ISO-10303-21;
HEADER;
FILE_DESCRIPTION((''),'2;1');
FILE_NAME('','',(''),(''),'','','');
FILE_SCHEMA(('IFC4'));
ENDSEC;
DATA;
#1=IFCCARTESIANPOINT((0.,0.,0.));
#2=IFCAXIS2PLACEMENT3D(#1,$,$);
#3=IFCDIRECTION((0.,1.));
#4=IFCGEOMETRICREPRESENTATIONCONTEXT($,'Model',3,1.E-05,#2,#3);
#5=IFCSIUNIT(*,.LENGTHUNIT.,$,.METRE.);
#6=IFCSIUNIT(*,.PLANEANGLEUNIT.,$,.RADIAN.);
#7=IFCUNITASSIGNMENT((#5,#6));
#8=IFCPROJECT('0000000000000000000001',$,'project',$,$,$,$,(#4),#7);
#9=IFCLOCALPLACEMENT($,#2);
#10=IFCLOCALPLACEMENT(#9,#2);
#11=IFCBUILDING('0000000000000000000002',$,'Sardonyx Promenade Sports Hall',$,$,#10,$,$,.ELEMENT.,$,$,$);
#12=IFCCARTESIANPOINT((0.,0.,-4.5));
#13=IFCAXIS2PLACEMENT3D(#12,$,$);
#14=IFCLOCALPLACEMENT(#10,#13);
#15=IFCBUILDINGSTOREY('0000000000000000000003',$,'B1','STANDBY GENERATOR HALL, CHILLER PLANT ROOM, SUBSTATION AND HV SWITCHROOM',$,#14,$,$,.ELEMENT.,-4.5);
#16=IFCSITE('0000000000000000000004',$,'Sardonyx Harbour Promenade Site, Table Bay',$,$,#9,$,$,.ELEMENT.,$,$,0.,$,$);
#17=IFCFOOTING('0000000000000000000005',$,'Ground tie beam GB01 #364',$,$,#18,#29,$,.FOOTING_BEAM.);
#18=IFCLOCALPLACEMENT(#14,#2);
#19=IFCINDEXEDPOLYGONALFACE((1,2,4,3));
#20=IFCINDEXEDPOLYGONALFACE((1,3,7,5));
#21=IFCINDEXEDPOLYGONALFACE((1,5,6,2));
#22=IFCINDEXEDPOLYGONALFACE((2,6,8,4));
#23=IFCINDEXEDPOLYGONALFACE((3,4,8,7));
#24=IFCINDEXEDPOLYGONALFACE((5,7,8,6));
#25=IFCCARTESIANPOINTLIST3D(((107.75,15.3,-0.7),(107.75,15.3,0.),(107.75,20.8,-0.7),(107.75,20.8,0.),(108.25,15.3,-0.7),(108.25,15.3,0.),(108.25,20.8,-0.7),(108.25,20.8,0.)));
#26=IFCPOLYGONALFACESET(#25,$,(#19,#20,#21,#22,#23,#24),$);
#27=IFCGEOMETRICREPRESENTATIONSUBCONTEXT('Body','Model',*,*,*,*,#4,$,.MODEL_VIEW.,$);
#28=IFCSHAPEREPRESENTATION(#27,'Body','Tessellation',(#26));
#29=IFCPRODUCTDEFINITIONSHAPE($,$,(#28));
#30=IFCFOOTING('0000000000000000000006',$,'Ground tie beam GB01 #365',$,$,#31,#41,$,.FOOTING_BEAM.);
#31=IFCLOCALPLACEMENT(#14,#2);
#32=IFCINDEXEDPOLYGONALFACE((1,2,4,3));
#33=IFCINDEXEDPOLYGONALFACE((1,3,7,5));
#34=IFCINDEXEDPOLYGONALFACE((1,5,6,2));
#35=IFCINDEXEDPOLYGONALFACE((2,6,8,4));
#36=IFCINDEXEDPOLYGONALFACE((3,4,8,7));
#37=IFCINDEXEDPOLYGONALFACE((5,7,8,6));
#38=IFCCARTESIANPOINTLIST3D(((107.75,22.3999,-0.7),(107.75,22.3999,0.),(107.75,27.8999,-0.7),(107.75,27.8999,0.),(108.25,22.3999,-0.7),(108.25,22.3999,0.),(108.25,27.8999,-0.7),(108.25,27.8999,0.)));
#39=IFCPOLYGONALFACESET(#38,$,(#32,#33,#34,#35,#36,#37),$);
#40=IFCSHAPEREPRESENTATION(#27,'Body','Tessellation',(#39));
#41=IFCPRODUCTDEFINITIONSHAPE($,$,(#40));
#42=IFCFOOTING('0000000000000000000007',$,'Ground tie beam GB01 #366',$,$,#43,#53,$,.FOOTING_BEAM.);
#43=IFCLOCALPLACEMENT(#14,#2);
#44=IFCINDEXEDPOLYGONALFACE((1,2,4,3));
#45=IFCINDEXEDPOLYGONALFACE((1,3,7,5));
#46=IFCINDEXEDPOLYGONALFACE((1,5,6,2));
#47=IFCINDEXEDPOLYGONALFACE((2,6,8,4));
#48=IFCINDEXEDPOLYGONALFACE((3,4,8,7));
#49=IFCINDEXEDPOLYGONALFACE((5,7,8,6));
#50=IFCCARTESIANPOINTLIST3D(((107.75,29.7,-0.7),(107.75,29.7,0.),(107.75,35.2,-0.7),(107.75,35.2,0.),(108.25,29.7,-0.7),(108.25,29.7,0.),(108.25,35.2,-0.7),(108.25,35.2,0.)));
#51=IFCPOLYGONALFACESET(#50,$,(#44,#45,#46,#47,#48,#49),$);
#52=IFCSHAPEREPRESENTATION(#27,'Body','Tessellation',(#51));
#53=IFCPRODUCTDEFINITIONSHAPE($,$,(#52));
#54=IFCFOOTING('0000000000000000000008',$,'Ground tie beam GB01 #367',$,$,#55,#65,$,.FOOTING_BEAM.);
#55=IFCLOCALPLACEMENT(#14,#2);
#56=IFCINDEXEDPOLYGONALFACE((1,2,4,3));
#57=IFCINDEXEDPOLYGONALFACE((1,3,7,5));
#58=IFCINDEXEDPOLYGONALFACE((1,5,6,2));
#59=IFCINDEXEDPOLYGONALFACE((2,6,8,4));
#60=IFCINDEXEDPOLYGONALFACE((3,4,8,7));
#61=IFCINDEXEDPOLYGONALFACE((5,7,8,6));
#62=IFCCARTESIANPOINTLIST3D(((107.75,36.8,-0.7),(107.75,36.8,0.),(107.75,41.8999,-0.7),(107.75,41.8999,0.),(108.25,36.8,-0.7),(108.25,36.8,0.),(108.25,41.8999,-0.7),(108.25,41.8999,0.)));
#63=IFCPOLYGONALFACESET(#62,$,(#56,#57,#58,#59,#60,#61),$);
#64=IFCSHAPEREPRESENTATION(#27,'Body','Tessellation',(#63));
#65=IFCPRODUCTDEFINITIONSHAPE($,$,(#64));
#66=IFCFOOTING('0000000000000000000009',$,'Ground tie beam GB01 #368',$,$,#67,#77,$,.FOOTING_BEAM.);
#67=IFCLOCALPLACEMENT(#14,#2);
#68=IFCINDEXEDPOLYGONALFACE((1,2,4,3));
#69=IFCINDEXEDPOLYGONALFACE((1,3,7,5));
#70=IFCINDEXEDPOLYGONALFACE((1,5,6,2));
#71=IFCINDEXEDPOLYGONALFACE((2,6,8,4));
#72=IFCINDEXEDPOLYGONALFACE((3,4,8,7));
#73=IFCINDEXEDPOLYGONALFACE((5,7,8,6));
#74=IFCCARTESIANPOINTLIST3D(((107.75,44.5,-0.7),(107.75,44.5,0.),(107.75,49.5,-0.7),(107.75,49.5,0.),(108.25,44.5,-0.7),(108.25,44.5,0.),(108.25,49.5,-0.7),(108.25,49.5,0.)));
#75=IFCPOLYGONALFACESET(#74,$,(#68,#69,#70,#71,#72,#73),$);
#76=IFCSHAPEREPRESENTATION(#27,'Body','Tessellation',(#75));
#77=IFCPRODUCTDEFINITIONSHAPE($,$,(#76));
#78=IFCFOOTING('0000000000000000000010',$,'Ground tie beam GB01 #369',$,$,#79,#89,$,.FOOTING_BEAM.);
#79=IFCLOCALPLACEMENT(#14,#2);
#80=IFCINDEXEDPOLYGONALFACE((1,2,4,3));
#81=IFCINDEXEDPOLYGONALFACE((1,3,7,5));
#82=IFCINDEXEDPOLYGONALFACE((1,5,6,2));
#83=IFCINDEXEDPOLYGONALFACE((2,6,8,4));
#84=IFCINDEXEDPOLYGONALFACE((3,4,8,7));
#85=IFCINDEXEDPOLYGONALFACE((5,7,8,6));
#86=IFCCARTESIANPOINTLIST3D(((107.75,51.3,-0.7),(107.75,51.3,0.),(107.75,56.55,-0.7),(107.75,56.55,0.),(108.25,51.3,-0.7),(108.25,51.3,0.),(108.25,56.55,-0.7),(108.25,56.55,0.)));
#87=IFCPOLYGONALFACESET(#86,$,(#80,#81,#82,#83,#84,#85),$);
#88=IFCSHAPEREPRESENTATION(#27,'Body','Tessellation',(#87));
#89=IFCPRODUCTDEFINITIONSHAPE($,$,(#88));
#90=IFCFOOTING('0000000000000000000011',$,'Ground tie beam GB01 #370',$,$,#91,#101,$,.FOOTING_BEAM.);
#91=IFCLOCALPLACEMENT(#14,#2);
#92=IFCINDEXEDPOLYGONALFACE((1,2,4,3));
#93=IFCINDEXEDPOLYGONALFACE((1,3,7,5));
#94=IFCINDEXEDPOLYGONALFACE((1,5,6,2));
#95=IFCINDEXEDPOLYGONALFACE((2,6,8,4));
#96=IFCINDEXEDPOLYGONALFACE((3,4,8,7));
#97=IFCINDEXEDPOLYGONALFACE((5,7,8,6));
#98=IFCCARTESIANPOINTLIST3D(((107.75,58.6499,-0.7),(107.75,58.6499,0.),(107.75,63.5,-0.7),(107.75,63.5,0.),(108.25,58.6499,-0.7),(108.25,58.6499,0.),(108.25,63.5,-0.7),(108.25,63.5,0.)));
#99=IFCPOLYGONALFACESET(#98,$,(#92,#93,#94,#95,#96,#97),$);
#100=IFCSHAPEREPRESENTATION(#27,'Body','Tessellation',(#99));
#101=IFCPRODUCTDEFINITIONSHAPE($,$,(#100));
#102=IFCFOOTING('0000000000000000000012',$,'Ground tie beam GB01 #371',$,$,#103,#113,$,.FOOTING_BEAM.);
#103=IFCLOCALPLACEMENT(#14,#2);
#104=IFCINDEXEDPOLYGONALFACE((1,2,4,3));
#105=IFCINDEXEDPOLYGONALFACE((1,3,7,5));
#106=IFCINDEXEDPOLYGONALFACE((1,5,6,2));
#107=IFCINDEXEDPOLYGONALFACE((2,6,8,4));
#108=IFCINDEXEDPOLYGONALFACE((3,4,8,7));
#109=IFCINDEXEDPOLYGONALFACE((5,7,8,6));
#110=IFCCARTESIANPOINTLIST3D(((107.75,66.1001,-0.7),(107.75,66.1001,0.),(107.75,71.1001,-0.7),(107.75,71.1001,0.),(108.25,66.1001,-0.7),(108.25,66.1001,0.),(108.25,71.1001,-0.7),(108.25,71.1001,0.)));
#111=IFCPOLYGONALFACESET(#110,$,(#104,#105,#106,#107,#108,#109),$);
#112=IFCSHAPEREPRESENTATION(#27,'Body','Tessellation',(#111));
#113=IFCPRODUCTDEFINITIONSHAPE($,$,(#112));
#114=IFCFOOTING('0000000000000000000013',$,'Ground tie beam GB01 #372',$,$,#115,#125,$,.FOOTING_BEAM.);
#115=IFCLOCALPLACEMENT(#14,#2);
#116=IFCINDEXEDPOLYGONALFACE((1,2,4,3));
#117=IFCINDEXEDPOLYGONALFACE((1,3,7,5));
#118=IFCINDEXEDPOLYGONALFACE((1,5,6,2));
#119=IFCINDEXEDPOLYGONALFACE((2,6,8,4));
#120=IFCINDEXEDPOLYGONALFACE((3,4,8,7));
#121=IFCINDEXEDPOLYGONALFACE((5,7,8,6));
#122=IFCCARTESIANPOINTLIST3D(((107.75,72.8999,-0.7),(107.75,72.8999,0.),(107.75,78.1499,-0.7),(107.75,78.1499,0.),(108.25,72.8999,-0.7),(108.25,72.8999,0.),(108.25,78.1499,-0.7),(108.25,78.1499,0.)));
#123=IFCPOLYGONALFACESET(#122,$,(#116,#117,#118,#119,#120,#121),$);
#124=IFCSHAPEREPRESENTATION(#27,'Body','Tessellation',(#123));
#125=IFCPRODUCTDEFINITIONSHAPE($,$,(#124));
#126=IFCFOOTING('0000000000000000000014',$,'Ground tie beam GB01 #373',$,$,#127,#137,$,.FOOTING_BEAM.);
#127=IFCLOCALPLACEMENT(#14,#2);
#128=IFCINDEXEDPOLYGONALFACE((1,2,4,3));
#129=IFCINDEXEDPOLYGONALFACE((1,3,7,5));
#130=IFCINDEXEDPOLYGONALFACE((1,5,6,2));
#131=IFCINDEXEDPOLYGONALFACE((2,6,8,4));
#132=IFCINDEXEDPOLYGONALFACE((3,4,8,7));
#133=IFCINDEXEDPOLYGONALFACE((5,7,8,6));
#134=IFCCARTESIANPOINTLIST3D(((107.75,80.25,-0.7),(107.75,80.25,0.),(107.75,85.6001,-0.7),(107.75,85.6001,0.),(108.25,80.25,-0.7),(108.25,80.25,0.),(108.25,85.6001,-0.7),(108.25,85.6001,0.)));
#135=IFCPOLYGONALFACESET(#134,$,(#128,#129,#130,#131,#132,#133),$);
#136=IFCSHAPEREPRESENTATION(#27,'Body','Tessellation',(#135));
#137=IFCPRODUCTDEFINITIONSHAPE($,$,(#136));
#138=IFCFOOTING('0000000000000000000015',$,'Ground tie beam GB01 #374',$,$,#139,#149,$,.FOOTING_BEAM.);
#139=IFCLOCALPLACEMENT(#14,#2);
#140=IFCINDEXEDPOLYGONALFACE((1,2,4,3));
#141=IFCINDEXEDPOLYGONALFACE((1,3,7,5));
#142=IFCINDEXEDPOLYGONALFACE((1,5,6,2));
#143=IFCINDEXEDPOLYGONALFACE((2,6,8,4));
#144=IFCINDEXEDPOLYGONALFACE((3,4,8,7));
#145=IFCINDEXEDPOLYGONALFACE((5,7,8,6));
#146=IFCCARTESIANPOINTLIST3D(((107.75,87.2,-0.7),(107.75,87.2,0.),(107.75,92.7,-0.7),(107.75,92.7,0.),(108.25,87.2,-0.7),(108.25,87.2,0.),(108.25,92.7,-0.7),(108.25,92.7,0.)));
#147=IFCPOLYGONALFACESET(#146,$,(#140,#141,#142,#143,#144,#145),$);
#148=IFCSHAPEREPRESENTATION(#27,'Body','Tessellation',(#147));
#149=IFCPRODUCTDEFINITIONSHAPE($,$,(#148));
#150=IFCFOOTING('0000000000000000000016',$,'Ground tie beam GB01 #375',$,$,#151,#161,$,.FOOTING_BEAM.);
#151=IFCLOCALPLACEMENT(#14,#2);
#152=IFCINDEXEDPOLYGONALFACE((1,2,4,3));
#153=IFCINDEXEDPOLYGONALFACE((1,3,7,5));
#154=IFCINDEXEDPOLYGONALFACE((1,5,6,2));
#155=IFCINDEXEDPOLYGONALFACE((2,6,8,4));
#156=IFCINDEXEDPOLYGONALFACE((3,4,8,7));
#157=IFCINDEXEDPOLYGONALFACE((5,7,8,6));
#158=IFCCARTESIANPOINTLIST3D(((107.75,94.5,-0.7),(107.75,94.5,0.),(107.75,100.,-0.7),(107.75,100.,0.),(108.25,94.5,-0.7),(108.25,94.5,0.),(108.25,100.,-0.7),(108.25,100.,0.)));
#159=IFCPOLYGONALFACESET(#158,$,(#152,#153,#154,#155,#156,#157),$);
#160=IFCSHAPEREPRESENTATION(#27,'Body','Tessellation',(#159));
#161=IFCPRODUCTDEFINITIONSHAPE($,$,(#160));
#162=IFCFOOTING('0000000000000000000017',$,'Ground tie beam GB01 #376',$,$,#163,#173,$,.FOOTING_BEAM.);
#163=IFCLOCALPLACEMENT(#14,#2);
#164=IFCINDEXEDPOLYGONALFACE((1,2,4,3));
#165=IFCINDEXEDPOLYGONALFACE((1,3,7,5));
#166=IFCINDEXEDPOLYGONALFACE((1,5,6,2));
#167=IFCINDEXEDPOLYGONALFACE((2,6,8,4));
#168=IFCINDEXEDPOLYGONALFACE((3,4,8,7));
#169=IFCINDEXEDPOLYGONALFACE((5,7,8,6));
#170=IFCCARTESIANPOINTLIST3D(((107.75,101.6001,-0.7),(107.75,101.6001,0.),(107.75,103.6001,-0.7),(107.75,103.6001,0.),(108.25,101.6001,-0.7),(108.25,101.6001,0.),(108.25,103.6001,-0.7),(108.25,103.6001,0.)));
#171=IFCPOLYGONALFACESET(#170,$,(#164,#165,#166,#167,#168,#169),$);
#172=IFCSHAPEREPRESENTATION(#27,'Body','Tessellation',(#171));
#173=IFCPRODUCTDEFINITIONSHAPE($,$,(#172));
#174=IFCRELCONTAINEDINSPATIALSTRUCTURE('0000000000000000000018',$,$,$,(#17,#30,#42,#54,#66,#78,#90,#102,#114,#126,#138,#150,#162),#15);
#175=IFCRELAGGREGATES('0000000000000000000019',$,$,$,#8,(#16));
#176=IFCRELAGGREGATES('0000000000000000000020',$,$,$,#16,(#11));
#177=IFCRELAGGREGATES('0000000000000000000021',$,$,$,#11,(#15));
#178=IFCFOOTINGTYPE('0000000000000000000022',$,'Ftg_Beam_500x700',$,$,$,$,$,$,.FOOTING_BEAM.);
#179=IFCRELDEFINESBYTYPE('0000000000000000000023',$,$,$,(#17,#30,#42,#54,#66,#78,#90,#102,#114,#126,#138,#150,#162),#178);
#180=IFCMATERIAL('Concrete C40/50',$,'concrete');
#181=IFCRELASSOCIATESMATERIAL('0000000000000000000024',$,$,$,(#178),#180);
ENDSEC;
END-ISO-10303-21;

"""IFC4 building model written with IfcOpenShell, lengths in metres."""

from ifc_helpers import new_model, si_unit, direction, frame, origin, place, context, subcontext, project, spatial, polyline, outline, extrude, material, type_object, element, save


model = new_model("IFC4")

# Units and contexts
model_context = context("Model", 3, precision=1e-05, world=origin(), true_north=direction((0.0, 1.0)))
body_context = subcontext(model_context, "Body", "Model", "MODEL_VIEW")
ifc_project = project(units=[si_unit("LENGTHUNIT", "METRE"), si_unit("PLANEANGLEUNIT", "RADIAN")], contexts=[model_context])

# Site, building, storey
site_placement = place(None, origin())
site = spatial("IfcSite", under=ifc_project, at=site_placement, Name="Sardonyx Harbour Promenade Site, Table Bay", CompositionType="ELEMENT", RefElevation=0.0)
building_placement = place(site_placement, origin())
building = spatial("IfcBuilding", under=site, at=building_placement, Name="Sardonyx Promenade Sports Hall", CompositionType="ELEMENT")
storey_placement = place(building_placement, frame((0.0, 0.0, -4.5)))
storey = spatial("IfcBuildingStorey", under=building, at=storey_placement, Name="B1", Description="STANDBY GENERATOR HALL, CHILLER PLANT ROOM, SUBSTATION AND HV SWITCHROOM", CompositionType="ELEMENT", Elevation=-4.5)

# Footings
ifc_material = material(Name="Concrete C40/50", Category="concrete")
footing_type = type_object("IfcFootingType", Name="Ftg_Beam_500x700", PredefinedType="FOOTING_BEAM", material=ifc_material)
footing_1_placement = place(storey_placement, frame((0.0, 0.0, -0.7)))
element("IfcFooting", 1, at=footing_1_placement, inside=storey, type_object=footing_type, Name="Ground tie beam GB01 #364", PredefinedType="FOOTING_BEAM", context=body_context, shape_type="SweptSolid", body=[
    extrude(outline(polyline([(107.75, 15.3), (108.25, 15.3), (108.25, 20.8), (107.75, 20.8), (107.75, 15.3)])), origin(), (0.0, 0.0, 1.0), 0.7),
])
footing_2_placement = place(storey_placement, frame((0.0, 0.0, -0.7)))
element("IfcFooting", 2, at=footing_2_placement, inside=storey, type_object=footing_type, Name="Ground tie beam GB01 #365", PredefinedType="FOOTING_BEAM", context=body_context, shape_type="SweptSolid", body=[
    extrude(outline(polyline([(107.75, 22.3999), (108.25, 22.3999), (108.25, 27.8999), (107.75, 27.8999), (107.75, 22.3999)])), origin(), (0.0, 0.0, 1.0), 0.7),
])
footing_3_placement = place(storey_placement, frame((0.0, 0.0, -0.7)))
element("IfcFooting", 3, at=footing_3_placement, inside=storey, type_object=footing_type, Name="Ground tie beam GB01 #366", PredefinedType="FOOTING_BEAM", context=body_context, shape_type="SweptSolid", body=[
    extrude(outline(polyline([(107.75, 29.7), (108.25, 29.7), (108.25, 35.2), (107.75, 35.2), (107.75, 29.7)])), origin(), (0.0, 0.0, 1.0), 0.7),
])
footing_4_placement = place(storey_placement, frame((0.0, 0.0, -0.7)))
element("IfcFooting", 4, at=footing_4_placement, inside=storey, type_object=footing_type, Name="Ground tie beam GB01 #367", PredefinedType="FOOTING_BEAM", context=body_context, shape_type="SweptSolid", body=[
    extrude(outline(polyline([(107.75, 36.8), (108.25, 36.8), (108.25, 41.8999), (107.75, 41.8999), (107.75, 36.8)])), origin(), (0.0, 0.0, 1.0), 0.7),
])
footing_5_placement = place(storey_placement, frame((0.0, 0.0, -0.7)))
element("IfcFooting", 5, at=footing_5_placement, inside=storey, type_object=footing_type, Name="Ground tie beam GB01 #368", PredefinedType="FOOTING_BEAM", context=body_context, shape_type="SweptSolid", body=[
    extrude(outline(polyline([(107.75, 44.5), (108.25, 44.5), (108.25, 49.5), (107.75, 49.5), (107.75, 44.5)])), origin(), (0.0, 0.0, 1.0), 0.7),
])
footing_6_placement = place(storey_placement, frame((0.0, 0.0, -0.7)))
element("IfcFooting", 6, at=footing_6_placement, inside=storey, type_object=footing_type, Name="Ground tie beam GB01 #369", PredefinedType="FOOTING_BEAM", context=body_context, shape_type="SweptSolid", body=[
    extrude(outline(polyline([(107.75, 51.3), (108.25, 51.3), (108.25, 56.55), (107.75, 56.55), (107.75, 51.3)])), origin(), (0.0, 0.0, 1.0), 0.7),
])
footing_7_placement = place(storey_placement, frame((0.0, 0.0, -0.7)))
element("IfcFooting", 7, at=footing_7_placement, inside=storey, type_object=footing_type, Name="Ground tie beam GB01 #370", PredefinedType="FOOTING_BEAM", context=body_context, shape_type="SweptSolid", body=[
    extrude(outline(polyline([(107.75, 58.6499), (108.25, 58.6499), (108.25, 63.5), (107.75, 63.5), (107.75, 58.6499)])), origin(), (0.0, 0.0, 1.0), 0.7),
])
footing_8_placement = place(storey_placement, frame((0.0, 0.0, -0.7)))
element("IfcFooting", 8, at=footing_8_placement, inside=storey, type_object=footing_type, Name="Ground tie beam GB01 #371", PredefinedType="FOOTING_BEAM", context=body_context, shape_type="SweptSolid", body=[
    extrude(outline(polyline([(107.75, 66.1001), (108.25, 66.1001), (108.25, 71.1001), (107.75, 71.1001), (107.75, 66.1001)])), origin(), (0.0, 0.0, 1.0), 0.7),
])
footing_9_placement = place(storey_placement, frame((0.0, 0.0, -0.7)))
element("IfcFooting", 9, at=footing_9_placement, inside=storey, type_object=footing_type, Name="Ground tie beam GB01 #372", PredefinedType="FOOTING_BEAM", context=body_context, shape_type="SweptSolid", body=[
    extrude(outline(polyline([(107.75, 72.8999), (108.25, 72.8999), (108.25, 78.1499), (107.75, 78.1499), (107.75, 72.8999)])), origin(), (0.0, 0.0, 1.0), 0.7),
])
footing_10_placement = place(storey_placement, frame((0.0, 0.0, -0.7)))
element("IfcFooting", 10, at=footing_10_placement, inside=storey, type_object=footing_type, Name="Ground tie beam GB01 #373", PredefinedType="FOOTING_BEAM", context=body_context, shape_type="SweptSolid", body=[
    extrude(outline(polyline([(107.75, 80.25), (108.25, 80.25), (108.25, 85.6001), (107.75, 85.6001), (107.75, 80.25)])), origin(), (0.0, 0.0, 1.0), 0.7),
])
footing_11_placement = place(storey_placement, frame((0.0, 0.0, -0.7)))
element("IfcFooting", 11, at=footing_11_placement, inside=storey, type_object=footing_type, Name="Ground tie beam GB01 #374", PredefinedType="FOOTING_BEAM", context=body_context, shape_type="SweptSolid", body=[
    extrude(outline(polyline([(107.75, 87.2), (108.25, 87.2), (108.25, 92.7), (107.75, 92.7), (107.75, 87.2)])), origin(), (0.0, 0.0, 1.0), 0.7),
])
footing_12_placement = place(storey_placement, frame((0.0, 0.0, -0.7)))
element("IfcFooting", 12, at=footing_12_placement, inside=storey, type_object=footing_type, Name="Ground tie beam GB01 #375", PredefinedType="FOOTING_BEAM", context=body_context, shape_type="SweptSolid", body=[
    extrude(outline(polyline([(107.75, 94.5), (108.25, 94.5), (108.25, 100.0), (107.75, 100.0), (107.75, 94.5)])), origin(), (0.0, 0.0, 1.0), 0.7),
])
footing_13_placement = place(storey_placement, frame((0.0, 0.0, -0.7)))
element("IfcFooting", 13, at=footing_13_placement, inside=storey, type_object=footing_type, Name="Ground tie beam GB01 #376", PredefinedType="FOOTING_BEAM", context=body_context, shape_type="SweptSolid", body=[
    extrude(outline(polyline([(107.75, 101.6001), (108.25, 101.6001), (108.25, 103.6001), (107.75, 103.6001), (107.75, 101.6001)])), origin(), (0.0, 0.0, 1.0), 0.7),
])

save(model, "model.ifc")
